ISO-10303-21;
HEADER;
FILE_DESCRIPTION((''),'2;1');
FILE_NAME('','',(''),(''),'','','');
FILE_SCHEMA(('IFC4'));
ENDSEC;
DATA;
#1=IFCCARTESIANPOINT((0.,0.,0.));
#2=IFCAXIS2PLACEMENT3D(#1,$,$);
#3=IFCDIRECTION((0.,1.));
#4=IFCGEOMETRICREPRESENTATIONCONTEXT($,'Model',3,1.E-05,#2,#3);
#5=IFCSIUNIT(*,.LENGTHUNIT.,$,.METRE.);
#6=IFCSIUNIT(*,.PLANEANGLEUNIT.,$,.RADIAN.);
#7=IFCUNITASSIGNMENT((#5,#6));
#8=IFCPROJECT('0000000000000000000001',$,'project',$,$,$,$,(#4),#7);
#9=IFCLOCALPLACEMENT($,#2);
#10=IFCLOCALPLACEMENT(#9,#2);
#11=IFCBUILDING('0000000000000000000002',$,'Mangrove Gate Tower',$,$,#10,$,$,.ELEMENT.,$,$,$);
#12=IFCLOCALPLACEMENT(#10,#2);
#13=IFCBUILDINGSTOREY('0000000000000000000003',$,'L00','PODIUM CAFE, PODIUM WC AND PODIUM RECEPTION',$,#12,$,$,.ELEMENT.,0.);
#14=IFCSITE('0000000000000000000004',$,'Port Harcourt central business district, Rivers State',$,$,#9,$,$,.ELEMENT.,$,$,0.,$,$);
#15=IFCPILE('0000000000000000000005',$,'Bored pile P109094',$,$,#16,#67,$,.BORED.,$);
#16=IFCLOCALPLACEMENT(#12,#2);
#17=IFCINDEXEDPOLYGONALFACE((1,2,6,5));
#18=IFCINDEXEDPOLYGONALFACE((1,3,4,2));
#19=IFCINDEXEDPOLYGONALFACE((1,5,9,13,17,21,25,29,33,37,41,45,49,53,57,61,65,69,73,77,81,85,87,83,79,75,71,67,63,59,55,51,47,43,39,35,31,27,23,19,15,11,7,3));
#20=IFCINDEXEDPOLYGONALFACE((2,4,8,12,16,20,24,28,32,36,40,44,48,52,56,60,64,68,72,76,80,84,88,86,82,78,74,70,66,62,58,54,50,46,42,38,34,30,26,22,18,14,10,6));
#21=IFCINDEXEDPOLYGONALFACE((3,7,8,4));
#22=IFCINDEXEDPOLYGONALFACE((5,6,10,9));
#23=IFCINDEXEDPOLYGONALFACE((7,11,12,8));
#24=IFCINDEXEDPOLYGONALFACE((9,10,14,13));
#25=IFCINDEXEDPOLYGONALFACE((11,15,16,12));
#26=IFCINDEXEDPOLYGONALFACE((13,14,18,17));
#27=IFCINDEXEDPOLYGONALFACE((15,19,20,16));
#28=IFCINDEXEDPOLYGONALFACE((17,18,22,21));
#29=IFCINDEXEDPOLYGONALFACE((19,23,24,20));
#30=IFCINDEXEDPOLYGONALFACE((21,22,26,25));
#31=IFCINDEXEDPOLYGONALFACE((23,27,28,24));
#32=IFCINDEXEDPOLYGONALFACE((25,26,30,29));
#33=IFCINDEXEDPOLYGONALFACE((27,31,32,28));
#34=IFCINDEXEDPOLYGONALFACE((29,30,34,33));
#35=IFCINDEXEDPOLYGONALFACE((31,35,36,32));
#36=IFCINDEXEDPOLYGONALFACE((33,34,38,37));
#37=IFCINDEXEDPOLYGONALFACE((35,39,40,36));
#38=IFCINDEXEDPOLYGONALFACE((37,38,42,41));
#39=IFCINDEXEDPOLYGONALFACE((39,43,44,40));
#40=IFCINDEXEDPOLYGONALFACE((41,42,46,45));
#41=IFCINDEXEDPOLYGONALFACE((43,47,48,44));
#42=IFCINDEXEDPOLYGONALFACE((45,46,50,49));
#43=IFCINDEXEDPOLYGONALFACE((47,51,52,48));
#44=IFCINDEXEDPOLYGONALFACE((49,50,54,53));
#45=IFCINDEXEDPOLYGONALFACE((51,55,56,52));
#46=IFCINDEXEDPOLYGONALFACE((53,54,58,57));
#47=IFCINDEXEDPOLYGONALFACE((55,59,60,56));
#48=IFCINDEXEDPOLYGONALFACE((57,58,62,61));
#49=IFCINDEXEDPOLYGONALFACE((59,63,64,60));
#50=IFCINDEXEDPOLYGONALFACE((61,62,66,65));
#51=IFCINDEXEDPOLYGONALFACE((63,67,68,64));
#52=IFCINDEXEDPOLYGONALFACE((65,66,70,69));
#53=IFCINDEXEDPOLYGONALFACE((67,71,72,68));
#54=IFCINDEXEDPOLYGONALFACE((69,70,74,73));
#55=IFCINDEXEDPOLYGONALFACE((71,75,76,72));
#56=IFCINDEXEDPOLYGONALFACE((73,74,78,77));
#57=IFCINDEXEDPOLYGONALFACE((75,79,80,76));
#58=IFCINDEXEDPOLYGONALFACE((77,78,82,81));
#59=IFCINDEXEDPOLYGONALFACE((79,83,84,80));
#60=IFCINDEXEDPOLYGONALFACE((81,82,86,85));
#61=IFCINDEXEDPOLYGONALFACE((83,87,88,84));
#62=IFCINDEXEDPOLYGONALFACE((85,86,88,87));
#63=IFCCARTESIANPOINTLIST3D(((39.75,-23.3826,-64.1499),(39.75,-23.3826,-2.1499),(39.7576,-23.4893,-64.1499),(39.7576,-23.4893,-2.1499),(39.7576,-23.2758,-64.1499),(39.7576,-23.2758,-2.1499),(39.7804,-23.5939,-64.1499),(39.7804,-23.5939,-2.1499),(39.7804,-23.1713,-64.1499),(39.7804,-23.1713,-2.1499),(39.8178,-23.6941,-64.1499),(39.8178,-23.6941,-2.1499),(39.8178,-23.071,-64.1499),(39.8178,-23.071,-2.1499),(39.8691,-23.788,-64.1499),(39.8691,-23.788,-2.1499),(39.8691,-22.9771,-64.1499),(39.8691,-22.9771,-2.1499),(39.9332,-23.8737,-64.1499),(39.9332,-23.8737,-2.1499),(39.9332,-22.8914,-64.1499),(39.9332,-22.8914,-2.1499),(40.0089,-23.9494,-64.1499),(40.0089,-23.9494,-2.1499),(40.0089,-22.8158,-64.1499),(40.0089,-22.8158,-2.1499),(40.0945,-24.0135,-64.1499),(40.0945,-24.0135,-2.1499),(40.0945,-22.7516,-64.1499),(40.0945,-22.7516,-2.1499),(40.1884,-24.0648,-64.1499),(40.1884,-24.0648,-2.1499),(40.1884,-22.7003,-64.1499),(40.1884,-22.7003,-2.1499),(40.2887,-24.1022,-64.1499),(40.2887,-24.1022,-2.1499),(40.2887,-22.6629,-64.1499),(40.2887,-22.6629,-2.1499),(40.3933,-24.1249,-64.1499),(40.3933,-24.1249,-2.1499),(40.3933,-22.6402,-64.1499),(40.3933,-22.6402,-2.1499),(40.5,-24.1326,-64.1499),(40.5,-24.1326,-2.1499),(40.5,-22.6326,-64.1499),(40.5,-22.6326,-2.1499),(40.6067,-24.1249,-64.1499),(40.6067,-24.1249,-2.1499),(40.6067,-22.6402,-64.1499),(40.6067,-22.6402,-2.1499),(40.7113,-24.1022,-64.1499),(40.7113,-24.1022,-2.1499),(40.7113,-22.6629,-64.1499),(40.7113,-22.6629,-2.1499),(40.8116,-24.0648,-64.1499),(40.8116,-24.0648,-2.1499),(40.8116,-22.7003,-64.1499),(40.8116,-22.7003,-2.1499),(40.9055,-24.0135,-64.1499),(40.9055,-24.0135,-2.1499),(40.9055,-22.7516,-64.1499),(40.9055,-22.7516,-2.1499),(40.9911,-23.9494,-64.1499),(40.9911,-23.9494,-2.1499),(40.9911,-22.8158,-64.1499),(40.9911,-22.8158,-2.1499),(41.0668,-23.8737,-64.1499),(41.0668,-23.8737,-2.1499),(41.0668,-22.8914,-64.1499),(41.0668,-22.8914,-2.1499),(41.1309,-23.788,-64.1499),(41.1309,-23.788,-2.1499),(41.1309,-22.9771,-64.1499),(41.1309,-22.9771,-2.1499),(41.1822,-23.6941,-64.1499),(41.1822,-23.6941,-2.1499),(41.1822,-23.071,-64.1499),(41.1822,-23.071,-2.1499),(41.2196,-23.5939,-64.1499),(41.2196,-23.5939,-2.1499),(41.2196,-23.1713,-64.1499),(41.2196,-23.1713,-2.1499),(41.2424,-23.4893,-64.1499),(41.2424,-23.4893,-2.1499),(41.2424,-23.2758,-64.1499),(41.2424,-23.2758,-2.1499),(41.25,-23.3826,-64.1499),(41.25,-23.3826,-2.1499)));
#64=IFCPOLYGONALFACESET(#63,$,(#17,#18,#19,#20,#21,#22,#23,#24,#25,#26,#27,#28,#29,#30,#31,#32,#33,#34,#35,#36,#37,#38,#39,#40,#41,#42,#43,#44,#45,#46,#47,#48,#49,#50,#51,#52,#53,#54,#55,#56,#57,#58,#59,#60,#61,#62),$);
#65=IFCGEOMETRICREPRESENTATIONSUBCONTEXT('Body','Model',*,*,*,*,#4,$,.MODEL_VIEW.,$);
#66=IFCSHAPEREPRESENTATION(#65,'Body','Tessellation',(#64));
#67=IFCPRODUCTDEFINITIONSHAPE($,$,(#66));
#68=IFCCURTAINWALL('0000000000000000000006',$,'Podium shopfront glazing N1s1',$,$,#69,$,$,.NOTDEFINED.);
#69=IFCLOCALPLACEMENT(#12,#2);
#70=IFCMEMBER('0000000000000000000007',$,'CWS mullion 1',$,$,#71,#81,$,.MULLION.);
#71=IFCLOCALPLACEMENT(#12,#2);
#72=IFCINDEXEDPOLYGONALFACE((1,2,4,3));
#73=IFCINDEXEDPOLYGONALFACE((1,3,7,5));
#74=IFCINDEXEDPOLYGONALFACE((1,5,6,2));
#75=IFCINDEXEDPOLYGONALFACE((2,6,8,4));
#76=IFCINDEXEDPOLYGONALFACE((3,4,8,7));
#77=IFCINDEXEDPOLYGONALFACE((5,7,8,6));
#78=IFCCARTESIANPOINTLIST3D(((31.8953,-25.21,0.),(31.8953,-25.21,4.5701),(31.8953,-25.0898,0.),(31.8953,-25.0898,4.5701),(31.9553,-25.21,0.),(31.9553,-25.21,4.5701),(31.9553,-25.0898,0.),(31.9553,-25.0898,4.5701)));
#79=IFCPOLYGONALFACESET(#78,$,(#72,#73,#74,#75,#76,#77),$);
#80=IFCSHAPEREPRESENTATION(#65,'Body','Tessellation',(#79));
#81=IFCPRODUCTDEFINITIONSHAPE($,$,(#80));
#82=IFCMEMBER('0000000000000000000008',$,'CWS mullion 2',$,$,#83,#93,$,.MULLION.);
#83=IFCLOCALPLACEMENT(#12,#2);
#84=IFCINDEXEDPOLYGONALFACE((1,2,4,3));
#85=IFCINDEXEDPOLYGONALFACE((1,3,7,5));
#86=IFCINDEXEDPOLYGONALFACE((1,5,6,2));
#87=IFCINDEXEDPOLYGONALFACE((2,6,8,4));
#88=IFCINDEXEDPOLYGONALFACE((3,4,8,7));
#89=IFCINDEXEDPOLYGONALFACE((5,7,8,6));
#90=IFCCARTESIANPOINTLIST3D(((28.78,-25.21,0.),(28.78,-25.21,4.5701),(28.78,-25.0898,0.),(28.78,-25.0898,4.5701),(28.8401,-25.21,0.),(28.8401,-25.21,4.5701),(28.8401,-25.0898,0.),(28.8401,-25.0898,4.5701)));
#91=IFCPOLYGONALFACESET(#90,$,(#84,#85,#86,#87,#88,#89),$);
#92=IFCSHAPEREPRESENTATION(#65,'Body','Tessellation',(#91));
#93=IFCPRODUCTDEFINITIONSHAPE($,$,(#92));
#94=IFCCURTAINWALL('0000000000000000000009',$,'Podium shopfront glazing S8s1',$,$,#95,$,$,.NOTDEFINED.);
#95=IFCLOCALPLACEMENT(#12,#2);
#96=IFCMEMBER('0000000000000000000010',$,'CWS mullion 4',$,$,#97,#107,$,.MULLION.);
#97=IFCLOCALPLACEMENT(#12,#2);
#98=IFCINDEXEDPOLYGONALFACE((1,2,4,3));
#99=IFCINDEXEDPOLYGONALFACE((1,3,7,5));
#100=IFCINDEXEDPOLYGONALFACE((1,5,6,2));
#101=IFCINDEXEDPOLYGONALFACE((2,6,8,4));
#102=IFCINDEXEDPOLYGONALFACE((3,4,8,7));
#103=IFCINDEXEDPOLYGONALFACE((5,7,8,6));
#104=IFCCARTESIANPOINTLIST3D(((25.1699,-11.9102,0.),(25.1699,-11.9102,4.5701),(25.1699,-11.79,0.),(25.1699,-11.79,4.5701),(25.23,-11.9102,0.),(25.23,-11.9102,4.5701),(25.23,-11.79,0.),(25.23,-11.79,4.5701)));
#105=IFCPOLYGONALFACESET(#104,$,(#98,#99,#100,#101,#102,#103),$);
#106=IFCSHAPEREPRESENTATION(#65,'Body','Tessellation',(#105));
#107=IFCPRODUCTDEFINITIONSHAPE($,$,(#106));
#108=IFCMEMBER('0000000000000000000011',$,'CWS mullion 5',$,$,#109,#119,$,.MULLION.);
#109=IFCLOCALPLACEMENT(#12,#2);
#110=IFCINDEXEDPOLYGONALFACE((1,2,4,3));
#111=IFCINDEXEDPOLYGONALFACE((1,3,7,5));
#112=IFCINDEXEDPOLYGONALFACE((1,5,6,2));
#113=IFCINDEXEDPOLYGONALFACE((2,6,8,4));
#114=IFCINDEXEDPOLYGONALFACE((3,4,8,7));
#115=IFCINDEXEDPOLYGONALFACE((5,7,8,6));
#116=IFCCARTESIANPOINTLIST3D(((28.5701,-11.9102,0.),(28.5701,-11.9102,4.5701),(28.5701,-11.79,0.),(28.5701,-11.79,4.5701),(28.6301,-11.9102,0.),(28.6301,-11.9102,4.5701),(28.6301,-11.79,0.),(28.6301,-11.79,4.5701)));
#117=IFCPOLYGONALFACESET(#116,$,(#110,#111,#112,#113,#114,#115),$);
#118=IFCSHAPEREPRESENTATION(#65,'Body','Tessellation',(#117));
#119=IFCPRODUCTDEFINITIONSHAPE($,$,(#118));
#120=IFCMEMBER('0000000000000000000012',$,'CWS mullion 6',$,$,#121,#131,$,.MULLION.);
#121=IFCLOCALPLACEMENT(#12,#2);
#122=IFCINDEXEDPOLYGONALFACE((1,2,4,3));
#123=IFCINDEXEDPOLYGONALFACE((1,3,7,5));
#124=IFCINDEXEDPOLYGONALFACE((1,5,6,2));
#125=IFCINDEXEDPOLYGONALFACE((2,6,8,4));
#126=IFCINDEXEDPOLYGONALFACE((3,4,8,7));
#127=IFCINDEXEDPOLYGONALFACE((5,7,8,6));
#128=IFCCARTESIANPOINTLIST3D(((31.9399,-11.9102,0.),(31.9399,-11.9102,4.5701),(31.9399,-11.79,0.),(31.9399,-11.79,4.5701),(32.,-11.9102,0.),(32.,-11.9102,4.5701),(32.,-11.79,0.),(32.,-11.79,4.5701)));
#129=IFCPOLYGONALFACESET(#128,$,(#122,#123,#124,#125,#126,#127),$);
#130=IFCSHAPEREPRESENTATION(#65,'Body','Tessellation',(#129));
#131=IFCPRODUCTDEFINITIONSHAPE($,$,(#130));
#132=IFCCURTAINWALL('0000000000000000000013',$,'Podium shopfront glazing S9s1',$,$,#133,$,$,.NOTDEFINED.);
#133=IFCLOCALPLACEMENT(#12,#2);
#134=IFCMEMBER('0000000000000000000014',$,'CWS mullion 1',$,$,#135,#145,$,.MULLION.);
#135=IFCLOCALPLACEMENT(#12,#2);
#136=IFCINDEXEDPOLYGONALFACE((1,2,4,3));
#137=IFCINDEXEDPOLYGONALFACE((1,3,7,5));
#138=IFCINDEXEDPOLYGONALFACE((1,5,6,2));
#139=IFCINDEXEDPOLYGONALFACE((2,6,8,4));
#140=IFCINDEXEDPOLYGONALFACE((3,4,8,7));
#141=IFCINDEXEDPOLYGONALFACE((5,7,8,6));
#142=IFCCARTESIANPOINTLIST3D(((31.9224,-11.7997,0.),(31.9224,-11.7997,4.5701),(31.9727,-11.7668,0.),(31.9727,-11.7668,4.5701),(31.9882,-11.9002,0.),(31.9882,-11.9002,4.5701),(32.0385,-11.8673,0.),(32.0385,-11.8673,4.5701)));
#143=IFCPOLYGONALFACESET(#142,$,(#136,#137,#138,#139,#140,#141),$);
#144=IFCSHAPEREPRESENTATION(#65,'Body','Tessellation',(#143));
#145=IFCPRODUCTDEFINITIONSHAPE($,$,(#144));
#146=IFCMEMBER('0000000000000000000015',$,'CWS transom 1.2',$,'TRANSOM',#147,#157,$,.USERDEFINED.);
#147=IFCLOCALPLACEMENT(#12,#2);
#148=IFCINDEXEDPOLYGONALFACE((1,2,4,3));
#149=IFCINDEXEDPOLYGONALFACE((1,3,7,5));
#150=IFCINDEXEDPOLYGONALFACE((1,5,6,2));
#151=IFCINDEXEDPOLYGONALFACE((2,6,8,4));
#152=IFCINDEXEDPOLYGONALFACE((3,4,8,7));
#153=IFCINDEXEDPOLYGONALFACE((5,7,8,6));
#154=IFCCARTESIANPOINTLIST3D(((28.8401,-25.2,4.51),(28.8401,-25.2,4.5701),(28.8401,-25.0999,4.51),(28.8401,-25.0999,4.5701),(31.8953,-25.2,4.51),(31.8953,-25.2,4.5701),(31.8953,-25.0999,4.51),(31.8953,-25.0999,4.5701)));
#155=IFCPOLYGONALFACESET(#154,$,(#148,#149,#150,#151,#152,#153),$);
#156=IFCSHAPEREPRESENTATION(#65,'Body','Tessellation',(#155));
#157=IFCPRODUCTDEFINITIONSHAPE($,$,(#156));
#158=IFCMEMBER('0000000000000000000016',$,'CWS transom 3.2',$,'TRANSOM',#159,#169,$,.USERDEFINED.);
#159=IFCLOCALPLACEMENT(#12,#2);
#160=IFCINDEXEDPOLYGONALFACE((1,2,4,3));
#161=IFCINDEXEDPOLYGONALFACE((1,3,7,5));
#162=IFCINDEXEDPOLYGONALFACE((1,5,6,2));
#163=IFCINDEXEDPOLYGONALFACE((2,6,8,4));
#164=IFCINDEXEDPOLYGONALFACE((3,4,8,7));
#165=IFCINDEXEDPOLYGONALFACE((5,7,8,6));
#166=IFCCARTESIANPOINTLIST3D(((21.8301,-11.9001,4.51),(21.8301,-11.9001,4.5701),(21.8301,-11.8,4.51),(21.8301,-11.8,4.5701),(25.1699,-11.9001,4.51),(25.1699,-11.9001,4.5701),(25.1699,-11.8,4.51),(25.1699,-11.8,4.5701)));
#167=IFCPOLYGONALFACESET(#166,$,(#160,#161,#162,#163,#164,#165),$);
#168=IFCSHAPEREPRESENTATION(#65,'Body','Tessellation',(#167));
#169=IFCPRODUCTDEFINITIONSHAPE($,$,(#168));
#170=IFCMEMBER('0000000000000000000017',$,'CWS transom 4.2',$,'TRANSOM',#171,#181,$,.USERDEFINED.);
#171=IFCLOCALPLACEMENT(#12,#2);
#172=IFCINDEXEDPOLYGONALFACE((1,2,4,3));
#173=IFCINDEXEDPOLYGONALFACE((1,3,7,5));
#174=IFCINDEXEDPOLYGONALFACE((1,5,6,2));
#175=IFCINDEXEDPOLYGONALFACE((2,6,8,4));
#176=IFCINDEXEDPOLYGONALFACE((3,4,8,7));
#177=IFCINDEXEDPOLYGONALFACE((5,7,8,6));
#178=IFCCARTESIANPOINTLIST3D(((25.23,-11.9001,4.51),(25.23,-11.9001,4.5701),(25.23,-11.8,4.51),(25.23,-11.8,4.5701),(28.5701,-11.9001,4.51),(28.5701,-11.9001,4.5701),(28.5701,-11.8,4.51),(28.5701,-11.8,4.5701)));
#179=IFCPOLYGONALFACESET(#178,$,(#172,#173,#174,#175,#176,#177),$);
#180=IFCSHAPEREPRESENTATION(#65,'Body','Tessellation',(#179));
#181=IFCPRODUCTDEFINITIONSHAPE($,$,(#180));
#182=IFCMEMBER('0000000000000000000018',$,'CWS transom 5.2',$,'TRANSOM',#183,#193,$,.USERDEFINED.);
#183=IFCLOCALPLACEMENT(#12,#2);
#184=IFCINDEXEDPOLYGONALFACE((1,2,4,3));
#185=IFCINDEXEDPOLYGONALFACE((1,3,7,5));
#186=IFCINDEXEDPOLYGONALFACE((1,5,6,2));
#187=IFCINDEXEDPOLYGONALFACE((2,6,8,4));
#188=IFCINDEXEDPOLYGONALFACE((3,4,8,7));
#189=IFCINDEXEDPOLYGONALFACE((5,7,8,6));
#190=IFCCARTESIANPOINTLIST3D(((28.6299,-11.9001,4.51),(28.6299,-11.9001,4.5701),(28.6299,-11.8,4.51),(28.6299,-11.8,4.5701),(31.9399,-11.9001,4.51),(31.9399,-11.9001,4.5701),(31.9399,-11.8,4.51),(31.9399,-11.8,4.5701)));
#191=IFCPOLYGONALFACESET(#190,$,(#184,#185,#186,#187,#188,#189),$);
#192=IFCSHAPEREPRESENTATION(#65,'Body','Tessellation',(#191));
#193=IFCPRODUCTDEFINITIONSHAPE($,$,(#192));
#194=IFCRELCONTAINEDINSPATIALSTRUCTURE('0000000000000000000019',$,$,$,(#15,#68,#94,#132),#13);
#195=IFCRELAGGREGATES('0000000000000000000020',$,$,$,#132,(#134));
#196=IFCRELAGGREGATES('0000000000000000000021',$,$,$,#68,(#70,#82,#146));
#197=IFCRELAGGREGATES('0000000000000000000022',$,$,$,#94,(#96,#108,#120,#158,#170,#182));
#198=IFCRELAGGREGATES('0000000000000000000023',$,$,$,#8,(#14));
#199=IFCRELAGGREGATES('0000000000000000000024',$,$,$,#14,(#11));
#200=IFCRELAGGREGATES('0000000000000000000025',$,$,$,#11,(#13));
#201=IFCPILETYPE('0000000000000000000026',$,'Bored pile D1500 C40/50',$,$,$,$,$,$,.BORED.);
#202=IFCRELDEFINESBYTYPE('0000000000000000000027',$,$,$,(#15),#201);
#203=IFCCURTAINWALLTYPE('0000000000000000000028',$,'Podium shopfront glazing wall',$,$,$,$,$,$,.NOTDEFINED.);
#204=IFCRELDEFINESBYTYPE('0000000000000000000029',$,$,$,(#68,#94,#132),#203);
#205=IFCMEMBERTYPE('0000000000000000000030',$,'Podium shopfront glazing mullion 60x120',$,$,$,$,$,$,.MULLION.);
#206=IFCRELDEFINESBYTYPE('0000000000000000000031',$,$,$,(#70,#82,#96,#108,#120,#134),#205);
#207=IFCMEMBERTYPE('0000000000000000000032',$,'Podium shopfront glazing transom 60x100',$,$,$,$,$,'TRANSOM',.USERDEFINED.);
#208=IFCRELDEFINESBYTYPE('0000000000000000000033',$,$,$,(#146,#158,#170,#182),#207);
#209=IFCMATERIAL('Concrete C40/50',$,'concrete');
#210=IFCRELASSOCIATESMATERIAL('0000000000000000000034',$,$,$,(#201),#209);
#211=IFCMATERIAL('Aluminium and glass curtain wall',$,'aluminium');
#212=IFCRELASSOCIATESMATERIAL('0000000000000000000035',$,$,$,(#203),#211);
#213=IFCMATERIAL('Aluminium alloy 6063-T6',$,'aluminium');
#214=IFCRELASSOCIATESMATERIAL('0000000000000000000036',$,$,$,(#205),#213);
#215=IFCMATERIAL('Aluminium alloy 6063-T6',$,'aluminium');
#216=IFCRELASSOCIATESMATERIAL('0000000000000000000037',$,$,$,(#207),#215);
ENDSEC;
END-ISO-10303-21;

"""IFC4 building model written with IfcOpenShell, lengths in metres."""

from ifc_helpers import new_model, si_unit, direction, frame, origin, origin_2d, place, context, subcontext, project, spatial, rectangle, circle, extrude, material, material_profile, profile_set, type_object, element, aggregate, save


model = new_model("IFC4")

# Units and contexts
model_context = context("Model", 3, precision=1e-05, world=origin(), true_north=direction((0.0, 1.0)))
body_context = subcontext(model_context, "Body", "Model", "MODEL_VIEW")
ifc_project = project(units=[si_unit("LENGTHUNIT", "METRE"), si_unit("PLANEANGLEUNIT", "RADIAN")], contexts=[model_context])

# Site, building, storey
site_placement = place(None, origin())
site = spatial("IfcSite", under=ifc_project, at=site_placement, Name="Port Harcourt central business district, Rivers State", CompositionType="ELEMENT", RefElevation=0.0)
building_placement = place(site_placement, origin())
building = spatial("IfcBuilding", under=site, at=building_placement, Name="Mangrove Gate Tower", CompositionType="ELEMENT")
storey_placement = place(building_placement, origin())
storey = spatial("IfcBuildingStorey", under=building, at=storey_placement, Name="L00", Description="PODIUM CAFE, PODIUM WC AND PODIUM RECEPTION", CompositionType="ELEMENT", Elevation=0.0)

# Pile
ifc_material_1 = material(Name="Concrete C40/50", Category="concrete")
ifc_material_profile_1 = material_profile(ifc_material_1, circle(Radius=0.75, at=origin_2d()))
ifc_profile_set_1 = profile_set([ifc_material_profile_1], Name="Concrete C40/50")
pile_type = type_object("IfcPileType", Name="Bored pile D1500 C40/50", PredefinedType="BORED", material=ifc_profile_set_1)
for number, where, z_axis, x_axis, name in (
    (1, (40.5, -23.3826, -2.1499), (0.0, 0.0, -1.0), (1.0, 0.0, 0.0), "Bored pile P109094"),
):
    element("IfcPile", number, at=place(storey_placement, frame(where, z_axis=z_axis, x_axis=x_axis)), inside=storey, type_object=pile_type, Name=name, PredefinedType="BORED", context=body_context, shape_type="SweptSolid", body=[
        extrude(circle(Radius=0.75, at=origin_2d()), origin(), (0.0, 0.0, 1.0), 62.0),
    ])

# Curtain walls, members
ifc_material_2 = material(Name="Aluminium and glass curtain wall", Category="aluminium")
curtain_wall_type = type_object("IfcCurtainWallType", Name="Podium shopfront glazing wall", PredefinedType="NOTDEFINED", material=ifc_material_2)
curtain_wall_1_placement = place(storey_placement, origin())
curtain_wall_1 = element("IfcCurtainWall", 2, at=curtain_wall_1_placement, inside=storey, type_object=curtain_wall_type, Name="Podium shopfront glazing N1s1", PredefinedType="NOTDEFINED")
ifc_material_3 = material(Name="Aluminium alloy 6063-T6", Category="aluminium")
ifc_material_profile_2 = material_profile(ifc_material_3, rectangle(XDim=0.0601, YDim=0.1201, at=origin_2d()))
ifc_profile_set_2 = profile_set([ifc_material_profile_2], Name="Aluminium alloy 6063-T6")
member_type_1 = type_object("IfcMemberType", Name="Podium shopfront glazing mullion 60x120", PredefinedType="MULLION", material=ifc_profile_set_2)
member_1_placement = place(storey_placement, frame((31.9253, -25.1499, 0.0), z_axis=(0.0, 0.0, 1.0), x_axis=(-1.0, 0.0, 0.0)))
member_1 = element("IfcMember", 3, at=member_1_placement, type_object=member_type_1, Name="CWS mullion 1", PredefinedType="MULLION", context=body_context, shape_type="SweptSolid", body=[
    extrude(rectangle(XDim=0.0601, YDim=0.1201, at=origin_2d()), origin(), (0.0, 0.0, 1.0), 4.5701),
])
member_2_placement = place(storey_placement, frame((28.8101, -25.1499, 0.0), z_axis=(0.0, 0.0, 1.0), x_axis=(-1.0, 0.0, 0.0)))
member_2 = element("IfcMember", 4, at=member_2_placement, type_object=member_type_1, Name="CWS mullion 2", PredefinedType="MULLION", context=body_context, shape_type="SweptSolid", body=[
    extrude(rectangle(XDim=0.0601, YDim=0.1201, at=origin_2d()), origin(), (0.0, 0.0, 1.0), 4.5701),
])
curtain_wall_2_placement = place(storey_placement, origin())
curtain_wall_2 = element("IfcCurtainWall", 5, at=curtain_wall_2_placement, inside=storey, type_object=curtain_wall_type, Name="Podium shopfront glazing S8s1", PredefinedType="NOTDEFINED")
member_3_placement = place(storey_placement, frame((25.2, -11.8501, 0.0), z_axis=(0.0, 0.0, 1.0), x_axis=(1.0, 0.0, 0.0)))
member_3 = element("IfcMember", 6, at=member_3_placement, type_object=member_type_1, Name="CWS mullion 4", PredefinedType="MULLION", context=body_context, shape_type="SweptSolid", body=[
    extrude(rectangle(XDim=0.0601, YDim=0.1201, at=origin_2d()), origin(), (0.0, 0.0, 1.0), 4.5701),
])
member_4_placement = place(storey_placement, frame((28.6001, -11.8501, 0.0), z_axis=(0.0, 0.0, 1.0), x_axis=(1.0, 0.0, 0.0)))
member_4 = element("IfcMember", 7, at=member_4_placement, type_object=member_type_1, Name="CWS mullion 5", PredefinedType="MULLION", context=body_context, shape_type="SweptSolid", body=[
    extrude(rectangle(XDim=0.0601, YDim=0.1201, at=origin_2d()), origin(), (0.0, 0.0, 1.0), 4.5701),
])
member_5_placement = place(storey_placement, frame((31.97, -11.8501, 0.0), z_axis=(0.0, 0.0, 1.0), x_axis=(1.0, 0.0, 0.0)))
member_5 = element("IfcMember", 8, at=member_5_placement, type_object=member_type_1, Name="CWS mullion 6", PredefinedType="MULLION", context=body_context, shape_type="SweptSolid", body=[
    extrude(rectangle(XDim=0.0601, YDim=0.1201, at=origin_2d()), origin(), (0.0, 0.0, 1.0), 4.5701),
])

# Curtain wall, member
curtain_wall_3_placement = place(storey_placement, origin())
curtain_wall_3 = element("IfcCurtainWall", 9, at=curtain_wall_3_placement, inside=storey, type_object=curtain_wall_type, Name="Podium shopfront glazing S9s1", PredefinedType="NOTDEFINED")
member_6_placement = place(storey_placement, frame((31.9805, -11.8335, 0.0), z_axis=(0.0, 0.0, 1.0), x_axis=(0.836619, 0.547786, 0.0)))
member_6 = element("IfcMember", 10, at=member_6_placement, type_object=member_type_1, Name="CWS mullion 1", PredefinedType="MULLION", context=body_context, shape_type="SweptSolid", body=[
    extrude(rectangle(XDim=0.0601, YDim=0.1201, at=origin_2d()), origin(), (0.0, 0.0, 1.0), 4.5701),
])

# Members
ifc_material_4 = material(Name="Aluminium alloy 6063-T6", Category="aluminium")
ifc_material_profile_3 = material_profile(ifc_material_4, rectangle(XDim=0.0601, YDim=0.1001, at=origin_2d()))
ifc_profile_set_3 = profile_set([ifc_material_profile_3], Name="Aluminium alloy 6063-T6")
member_type_2 = type_object("IfcMemberType", Name="Podium shopfront glazing transom 60x100", ElementType="TRANSOM", PredefinedType="USERDEFINED", material=ifc_profile_set_3)
member_7_placement = place(storey_placement, frame((31.8953, -25.1499, 4.54), z_axis=(-1.0, 0.0, 0.0), x_axis=(0.0, 0.0, 1.0)))
member_7 = element("IfcMember", 11, at=member_7_placement, type_object=member_type_2, Name="CWS transom 1.2", ObjectType="TRANSOM", PredefinedType="USERDEFINED", context=body_context, shape_type="SweptSolid", body=[
    extrude(rectangle(XDim=0.0601, YDim=0.1001, at=origin_2d()), origin(), (0.0, 0.0, 1.0), 3.0552),
])
member_8_placement = place(storey_placement, frame((21.8301, -11.8501, 4.54), z_axis=(1.0, 0.0, 0.0), x_axis=(0.0, 0.0, 1.0)))
member_8 = element("IfcMember", 12, at=member_8_placement, type_object=member_type_2, Name="CWS transom 3.2", ObjectType="TRANSOM", PredefinedType="USERDEFINED", context=body_context, shape_type="SweptSolid", body=[
    extrude(rectangle(XDim=0.0601, YDim=0.1001, at=origin_2d()), origin(), (0.0, 0.0, 1.0), 3.3398),
])
member_9_placement = place(storey_placement, frame((25.23, -11.8501, 4.54), z_axis=(1.0, 0.0, 0.0), x_axis=(0.0, 0.0, 1.0)))
member_9 = element("IfcMember", 13, at=member_9_placement, type_object=member_type_2, Name="CWS transom 4.2", ObjectType="TRANSOM", PredefinedType="USERDEFINED", context=body_context, shape_type="SweptSolid", body=[
    extrude(rectangle(XDim=0.0601, YDim=0.1001, at=origin_2d()), origin(), (0.0, 0.0, 1.0), 3.3401),
])
member_10_placement = place(storey_placement, frame((28.6299, -11.8501, 4.54), z_axis=(1.0, 0.0, 0.0), x_axis=(0.0, 0.0, 1.0)))
member_10 = element("IfcMember", 14, at=member_10_placement, type_object=member_type_2, Name="CWS transom 5.2", ObjectType="TRANSOM", PredefinedType="USERDEFINED", context=body_context, shape_type="SweptSolid", body=[
    extrude(rectangle(XDim=0.0601, YDim=0.1001, at=origin_2d()), origin(), (0.0, 0.0, 1.0), 3.3101),
])
aggregate(curtain_wall_3, [member_6])

aggregate(curtain_wall_1, [member_1, member_2, member_7])
aggregate(curtain_wall_2, [member_3, member_4, member_5, member_8, member_9, member_10])

save(model, "model.ifc")
